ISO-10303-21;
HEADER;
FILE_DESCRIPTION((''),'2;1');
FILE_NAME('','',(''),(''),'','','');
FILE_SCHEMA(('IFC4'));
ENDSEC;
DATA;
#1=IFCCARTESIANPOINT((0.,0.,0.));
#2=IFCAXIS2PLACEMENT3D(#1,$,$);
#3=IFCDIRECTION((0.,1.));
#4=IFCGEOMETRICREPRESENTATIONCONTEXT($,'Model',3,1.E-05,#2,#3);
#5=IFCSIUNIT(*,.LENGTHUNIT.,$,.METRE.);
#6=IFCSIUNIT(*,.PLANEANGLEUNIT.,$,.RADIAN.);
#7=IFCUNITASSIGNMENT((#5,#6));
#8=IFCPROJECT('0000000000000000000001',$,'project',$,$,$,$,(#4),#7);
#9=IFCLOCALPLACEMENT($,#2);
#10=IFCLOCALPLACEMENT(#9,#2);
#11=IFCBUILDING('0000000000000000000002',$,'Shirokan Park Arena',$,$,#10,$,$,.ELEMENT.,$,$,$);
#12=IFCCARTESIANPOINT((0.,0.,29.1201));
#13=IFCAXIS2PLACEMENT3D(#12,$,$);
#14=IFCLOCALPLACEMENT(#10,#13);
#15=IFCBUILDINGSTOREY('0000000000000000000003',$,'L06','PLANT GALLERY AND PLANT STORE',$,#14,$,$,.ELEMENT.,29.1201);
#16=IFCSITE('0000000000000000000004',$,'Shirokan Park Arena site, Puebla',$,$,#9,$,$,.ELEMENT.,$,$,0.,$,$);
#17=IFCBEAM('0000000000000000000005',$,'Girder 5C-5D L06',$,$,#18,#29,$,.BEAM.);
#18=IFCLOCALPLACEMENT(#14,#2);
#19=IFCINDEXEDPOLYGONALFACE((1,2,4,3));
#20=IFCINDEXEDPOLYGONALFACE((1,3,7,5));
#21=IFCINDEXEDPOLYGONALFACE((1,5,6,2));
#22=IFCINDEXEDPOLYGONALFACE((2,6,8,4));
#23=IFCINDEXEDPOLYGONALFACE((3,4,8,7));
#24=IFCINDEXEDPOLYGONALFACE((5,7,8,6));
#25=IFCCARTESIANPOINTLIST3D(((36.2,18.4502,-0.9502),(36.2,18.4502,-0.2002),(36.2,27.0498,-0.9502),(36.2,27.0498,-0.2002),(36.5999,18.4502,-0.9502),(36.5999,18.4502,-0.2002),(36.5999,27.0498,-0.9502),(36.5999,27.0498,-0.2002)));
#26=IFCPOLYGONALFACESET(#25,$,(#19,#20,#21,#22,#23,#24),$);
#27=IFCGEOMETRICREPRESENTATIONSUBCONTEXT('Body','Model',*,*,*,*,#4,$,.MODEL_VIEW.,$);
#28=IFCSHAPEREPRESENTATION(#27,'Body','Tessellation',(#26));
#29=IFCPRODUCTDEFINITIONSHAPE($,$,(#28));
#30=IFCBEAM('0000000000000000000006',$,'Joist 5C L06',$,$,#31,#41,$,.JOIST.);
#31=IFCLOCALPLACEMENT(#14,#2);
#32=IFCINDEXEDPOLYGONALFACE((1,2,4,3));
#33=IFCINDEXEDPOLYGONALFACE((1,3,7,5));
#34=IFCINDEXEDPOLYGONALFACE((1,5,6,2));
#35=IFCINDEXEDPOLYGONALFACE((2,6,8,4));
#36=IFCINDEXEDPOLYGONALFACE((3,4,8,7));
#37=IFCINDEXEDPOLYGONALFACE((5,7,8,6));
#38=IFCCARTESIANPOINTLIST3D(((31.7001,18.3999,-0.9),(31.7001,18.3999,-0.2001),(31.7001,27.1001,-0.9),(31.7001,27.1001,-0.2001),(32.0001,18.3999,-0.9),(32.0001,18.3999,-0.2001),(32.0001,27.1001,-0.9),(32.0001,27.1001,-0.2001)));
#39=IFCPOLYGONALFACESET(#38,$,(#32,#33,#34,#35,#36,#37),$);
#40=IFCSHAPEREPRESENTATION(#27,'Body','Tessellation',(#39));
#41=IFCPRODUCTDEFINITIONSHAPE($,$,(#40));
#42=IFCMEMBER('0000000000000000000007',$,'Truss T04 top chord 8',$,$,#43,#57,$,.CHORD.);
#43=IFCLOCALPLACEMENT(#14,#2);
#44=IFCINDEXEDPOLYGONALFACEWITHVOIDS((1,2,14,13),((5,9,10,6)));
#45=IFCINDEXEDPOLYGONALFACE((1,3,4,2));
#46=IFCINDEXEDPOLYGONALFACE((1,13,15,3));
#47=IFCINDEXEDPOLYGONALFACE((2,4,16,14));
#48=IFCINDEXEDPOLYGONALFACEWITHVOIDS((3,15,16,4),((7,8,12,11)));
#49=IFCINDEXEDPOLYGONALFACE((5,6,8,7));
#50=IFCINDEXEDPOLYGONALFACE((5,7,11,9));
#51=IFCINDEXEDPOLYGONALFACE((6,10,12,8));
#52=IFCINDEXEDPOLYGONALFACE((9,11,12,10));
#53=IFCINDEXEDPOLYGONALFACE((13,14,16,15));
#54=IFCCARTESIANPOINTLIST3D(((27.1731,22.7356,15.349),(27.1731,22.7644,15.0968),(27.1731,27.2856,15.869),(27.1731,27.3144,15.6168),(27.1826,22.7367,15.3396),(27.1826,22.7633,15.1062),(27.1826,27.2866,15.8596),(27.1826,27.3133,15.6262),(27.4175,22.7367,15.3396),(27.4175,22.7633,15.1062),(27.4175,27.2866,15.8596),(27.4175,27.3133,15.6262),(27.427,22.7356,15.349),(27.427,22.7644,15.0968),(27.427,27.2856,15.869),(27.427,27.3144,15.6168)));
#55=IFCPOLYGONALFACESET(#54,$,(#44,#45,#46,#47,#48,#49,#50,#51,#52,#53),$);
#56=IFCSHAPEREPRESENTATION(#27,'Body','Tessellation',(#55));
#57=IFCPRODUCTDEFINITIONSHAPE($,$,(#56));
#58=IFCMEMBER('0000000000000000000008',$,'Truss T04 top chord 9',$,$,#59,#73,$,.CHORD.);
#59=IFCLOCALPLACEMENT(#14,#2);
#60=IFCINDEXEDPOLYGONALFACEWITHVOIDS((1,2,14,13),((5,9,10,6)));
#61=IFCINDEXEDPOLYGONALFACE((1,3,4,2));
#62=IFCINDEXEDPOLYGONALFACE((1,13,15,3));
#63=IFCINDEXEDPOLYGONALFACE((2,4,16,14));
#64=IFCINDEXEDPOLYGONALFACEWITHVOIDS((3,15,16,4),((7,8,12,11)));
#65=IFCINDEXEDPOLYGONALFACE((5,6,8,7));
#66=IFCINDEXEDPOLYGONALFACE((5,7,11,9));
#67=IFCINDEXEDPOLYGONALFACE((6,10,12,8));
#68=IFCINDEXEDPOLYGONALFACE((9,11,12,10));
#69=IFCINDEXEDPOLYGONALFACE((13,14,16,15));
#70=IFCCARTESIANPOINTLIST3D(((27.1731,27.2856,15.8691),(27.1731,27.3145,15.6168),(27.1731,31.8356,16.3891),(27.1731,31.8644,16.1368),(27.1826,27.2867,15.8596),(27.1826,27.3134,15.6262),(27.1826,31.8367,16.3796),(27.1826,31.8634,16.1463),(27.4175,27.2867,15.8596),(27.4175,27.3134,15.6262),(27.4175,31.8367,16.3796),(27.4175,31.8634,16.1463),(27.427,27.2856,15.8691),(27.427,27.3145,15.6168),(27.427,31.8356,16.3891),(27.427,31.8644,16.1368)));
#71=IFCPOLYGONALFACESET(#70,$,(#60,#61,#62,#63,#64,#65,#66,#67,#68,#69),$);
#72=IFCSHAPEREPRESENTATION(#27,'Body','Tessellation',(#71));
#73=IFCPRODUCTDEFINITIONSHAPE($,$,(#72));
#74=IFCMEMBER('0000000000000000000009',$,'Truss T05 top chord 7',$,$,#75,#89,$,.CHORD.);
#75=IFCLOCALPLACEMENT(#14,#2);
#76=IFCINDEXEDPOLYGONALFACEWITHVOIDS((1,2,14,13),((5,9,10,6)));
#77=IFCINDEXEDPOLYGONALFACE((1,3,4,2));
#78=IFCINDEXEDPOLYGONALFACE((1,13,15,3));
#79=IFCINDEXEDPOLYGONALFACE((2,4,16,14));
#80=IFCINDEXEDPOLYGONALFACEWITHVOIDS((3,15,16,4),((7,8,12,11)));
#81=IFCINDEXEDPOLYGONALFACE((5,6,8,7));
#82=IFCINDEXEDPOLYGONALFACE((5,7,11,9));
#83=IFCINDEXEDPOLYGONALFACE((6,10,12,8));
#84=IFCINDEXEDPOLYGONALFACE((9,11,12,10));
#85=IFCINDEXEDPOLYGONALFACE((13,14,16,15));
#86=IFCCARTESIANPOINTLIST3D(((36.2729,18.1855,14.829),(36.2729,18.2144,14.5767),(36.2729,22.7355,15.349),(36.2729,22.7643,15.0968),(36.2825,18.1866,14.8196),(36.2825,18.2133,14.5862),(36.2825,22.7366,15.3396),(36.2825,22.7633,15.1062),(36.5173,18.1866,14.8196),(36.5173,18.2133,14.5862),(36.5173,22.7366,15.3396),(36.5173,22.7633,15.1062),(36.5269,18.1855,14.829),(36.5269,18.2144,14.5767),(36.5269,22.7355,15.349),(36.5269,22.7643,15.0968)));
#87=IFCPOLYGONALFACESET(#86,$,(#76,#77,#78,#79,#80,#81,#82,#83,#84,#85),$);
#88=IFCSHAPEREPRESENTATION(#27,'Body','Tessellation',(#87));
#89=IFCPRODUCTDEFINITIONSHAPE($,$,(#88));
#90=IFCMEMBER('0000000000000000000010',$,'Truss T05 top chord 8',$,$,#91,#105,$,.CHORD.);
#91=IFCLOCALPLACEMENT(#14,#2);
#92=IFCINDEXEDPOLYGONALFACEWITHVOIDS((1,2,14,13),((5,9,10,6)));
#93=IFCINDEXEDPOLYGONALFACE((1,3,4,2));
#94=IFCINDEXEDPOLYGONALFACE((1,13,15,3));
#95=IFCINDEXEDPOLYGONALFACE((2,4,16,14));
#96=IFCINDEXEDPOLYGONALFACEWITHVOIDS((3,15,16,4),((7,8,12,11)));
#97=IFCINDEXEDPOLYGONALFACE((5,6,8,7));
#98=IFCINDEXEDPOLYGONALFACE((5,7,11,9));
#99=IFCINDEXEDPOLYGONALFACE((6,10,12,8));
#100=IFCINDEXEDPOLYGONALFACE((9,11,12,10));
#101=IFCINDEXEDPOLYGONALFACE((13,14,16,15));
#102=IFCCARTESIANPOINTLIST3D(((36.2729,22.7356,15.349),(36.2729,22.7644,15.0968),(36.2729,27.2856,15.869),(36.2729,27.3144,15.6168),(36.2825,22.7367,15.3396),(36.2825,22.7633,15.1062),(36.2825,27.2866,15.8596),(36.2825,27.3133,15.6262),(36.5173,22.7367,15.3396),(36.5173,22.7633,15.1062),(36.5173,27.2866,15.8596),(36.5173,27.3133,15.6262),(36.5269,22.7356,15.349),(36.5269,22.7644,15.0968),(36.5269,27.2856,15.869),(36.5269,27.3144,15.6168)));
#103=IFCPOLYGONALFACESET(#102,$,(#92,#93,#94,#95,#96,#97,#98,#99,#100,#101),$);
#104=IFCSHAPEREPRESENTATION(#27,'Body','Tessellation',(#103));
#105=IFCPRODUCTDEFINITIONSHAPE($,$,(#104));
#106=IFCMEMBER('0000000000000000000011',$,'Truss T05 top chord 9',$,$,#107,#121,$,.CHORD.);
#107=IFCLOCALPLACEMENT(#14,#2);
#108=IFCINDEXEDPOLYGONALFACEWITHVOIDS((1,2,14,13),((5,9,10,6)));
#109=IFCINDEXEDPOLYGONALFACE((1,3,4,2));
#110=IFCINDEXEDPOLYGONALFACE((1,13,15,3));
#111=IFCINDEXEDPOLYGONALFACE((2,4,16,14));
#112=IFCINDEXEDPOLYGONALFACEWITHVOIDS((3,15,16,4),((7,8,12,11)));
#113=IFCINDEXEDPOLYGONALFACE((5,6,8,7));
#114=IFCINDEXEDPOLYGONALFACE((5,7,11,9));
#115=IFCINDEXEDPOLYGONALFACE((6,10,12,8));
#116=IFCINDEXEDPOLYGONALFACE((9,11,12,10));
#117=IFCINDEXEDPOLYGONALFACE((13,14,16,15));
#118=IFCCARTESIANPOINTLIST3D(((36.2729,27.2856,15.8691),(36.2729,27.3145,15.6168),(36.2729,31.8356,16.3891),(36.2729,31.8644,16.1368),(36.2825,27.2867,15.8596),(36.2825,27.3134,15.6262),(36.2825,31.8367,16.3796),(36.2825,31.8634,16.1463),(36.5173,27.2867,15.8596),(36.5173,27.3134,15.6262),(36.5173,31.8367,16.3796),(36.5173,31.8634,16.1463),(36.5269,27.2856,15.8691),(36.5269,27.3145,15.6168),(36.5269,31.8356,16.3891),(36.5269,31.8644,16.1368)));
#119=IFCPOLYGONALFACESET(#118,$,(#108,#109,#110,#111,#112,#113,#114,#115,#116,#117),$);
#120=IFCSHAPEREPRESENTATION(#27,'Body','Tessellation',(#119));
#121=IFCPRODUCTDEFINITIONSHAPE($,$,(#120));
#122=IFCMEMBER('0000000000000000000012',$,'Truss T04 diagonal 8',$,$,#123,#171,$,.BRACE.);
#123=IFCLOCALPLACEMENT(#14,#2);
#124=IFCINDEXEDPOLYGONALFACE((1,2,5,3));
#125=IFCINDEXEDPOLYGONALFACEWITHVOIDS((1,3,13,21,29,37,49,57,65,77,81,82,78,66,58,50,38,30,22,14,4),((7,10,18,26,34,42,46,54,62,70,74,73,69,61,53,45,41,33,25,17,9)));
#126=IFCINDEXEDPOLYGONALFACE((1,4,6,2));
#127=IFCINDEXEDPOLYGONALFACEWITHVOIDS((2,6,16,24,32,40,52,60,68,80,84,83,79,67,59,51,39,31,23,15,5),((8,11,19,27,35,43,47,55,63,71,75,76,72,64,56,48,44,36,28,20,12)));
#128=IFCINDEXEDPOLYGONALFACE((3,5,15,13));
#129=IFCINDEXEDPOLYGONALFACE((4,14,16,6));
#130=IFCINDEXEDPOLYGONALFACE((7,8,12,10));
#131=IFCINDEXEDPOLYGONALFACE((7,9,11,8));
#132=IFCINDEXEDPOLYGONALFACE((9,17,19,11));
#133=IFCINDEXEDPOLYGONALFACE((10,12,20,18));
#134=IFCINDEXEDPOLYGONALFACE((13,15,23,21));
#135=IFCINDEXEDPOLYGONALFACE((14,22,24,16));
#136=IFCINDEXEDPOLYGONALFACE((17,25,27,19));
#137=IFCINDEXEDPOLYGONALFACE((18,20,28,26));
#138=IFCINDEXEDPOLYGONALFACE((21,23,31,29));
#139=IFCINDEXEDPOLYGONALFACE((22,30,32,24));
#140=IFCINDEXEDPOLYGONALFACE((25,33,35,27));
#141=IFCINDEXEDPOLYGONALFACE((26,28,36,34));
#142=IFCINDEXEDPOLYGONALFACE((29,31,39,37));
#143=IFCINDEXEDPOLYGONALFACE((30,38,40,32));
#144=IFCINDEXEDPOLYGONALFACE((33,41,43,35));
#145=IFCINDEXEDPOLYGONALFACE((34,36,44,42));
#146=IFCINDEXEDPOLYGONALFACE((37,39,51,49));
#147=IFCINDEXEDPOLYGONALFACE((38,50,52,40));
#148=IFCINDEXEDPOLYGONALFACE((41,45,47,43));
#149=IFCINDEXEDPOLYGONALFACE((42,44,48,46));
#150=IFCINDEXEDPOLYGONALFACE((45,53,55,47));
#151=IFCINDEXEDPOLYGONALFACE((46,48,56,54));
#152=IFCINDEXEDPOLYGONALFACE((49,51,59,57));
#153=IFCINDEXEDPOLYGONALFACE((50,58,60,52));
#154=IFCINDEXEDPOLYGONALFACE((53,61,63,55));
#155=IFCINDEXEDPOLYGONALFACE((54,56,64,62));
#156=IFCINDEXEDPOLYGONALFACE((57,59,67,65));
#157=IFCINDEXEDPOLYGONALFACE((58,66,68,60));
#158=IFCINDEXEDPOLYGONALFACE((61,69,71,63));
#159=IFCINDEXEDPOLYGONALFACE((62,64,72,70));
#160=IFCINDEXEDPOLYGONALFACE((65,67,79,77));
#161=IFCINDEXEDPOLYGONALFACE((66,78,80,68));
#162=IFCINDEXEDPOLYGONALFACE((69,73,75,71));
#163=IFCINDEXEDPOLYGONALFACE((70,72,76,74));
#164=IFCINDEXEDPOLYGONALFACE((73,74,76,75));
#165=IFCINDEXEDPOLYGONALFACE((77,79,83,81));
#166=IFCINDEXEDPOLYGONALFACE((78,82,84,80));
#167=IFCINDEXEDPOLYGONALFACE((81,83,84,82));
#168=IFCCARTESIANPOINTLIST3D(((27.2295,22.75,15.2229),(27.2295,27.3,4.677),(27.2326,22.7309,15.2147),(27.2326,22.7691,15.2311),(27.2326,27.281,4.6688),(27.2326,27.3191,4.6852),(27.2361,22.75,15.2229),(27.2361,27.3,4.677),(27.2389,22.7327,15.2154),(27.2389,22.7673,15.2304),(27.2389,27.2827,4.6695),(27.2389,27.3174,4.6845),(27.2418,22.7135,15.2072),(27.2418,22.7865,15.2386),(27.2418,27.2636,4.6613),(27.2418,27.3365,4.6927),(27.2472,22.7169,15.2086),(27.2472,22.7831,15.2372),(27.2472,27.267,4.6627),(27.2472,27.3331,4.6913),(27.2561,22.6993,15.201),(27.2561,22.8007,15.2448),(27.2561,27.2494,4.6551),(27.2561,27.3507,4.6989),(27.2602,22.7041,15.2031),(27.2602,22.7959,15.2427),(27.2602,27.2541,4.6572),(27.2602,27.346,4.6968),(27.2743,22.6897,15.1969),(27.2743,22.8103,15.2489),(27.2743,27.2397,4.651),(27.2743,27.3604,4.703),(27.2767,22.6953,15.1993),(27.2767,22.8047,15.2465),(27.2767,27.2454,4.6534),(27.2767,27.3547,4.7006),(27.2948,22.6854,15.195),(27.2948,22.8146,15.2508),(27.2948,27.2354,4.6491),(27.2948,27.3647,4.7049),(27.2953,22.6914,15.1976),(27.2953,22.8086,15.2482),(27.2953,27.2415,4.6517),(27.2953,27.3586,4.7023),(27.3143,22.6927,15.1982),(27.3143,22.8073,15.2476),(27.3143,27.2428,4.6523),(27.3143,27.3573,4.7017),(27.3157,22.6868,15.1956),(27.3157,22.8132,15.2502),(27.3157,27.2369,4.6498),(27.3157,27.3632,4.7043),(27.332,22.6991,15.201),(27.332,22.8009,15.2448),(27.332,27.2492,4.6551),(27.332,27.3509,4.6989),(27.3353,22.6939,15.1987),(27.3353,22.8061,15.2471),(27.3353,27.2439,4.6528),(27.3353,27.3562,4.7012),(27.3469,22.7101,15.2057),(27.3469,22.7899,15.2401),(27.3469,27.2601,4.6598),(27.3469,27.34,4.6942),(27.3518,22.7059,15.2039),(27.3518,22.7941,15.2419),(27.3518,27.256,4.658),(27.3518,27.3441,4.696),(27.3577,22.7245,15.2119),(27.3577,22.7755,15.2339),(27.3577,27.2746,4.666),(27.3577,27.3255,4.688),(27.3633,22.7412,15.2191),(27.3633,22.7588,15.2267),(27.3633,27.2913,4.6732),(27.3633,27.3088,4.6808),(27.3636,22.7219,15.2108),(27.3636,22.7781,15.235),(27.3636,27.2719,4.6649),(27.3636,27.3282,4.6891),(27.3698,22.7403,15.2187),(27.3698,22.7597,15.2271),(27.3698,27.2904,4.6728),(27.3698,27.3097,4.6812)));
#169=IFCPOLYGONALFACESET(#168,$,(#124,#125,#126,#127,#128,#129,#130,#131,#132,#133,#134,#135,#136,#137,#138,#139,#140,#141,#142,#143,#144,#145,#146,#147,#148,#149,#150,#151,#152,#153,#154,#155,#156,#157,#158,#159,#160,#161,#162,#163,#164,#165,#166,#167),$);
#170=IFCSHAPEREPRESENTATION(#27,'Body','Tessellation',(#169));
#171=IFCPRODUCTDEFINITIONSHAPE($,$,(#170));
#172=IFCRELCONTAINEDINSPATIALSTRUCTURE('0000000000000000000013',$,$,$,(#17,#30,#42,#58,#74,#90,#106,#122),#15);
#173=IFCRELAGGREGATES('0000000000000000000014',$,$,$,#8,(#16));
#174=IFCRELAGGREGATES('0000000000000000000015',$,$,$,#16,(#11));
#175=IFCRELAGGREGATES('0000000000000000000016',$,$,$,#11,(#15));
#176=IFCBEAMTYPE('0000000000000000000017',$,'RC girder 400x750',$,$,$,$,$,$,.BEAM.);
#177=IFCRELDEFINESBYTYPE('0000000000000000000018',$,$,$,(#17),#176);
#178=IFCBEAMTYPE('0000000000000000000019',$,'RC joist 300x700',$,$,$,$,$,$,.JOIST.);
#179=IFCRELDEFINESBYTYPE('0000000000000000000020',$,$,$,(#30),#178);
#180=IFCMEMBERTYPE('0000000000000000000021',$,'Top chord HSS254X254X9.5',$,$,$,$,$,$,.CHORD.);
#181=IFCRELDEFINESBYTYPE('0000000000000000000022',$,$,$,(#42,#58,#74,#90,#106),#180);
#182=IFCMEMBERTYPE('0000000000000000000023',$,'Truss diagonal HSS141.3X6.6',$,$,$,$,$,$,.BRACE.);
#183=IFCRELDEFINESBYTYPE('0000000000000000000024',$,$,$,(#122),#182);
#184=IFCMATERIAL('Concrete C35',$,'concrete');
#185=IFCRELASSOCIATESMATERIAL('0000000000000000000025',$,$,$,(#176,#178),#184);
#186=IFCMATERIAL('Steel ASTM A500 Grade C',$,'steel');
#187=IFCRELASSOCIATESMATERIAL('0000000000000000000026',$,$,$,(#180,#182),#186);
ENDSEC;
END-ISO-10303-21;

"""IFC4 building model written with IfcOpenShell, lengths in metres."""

from ifc_helpers import new_model, si_unit, direction, frame, origin, origin_2d, place, context, subcontext, project, spatial, rectangle, hollow_rectangle, hollow_circle, extrude, material, material_profile, profile_set, type_object, element, save


model = new_model("IFC4")

# Units and contexts
model_context = context("Model", 3, precision=1e-05, world=origin(), true_north=direction((0.0, 1.0)))
body_context = subcontext(model_context, "Body", "Model", "MODEL_VIEW")
ifc_project = project(units=[si_unit("LENGTHUNIT", "METRE"), si_unit("PLANEANGLEUNIT", "RADIAN")], contexts=[model_context])

# Site, building, storey
site_placement = place(None, origin())
site = spatial("IfcSite", under=ifc_project, at=site_placement, Name="Shirokan Park Arena site, Puebla", CompositionType="ELEMENT", RefElevation=0.0)
building_placement = place(site_placement, origin())
building = spatial("IfcBuilding", under=site, at=building_placement, Name="Shirokan Park Arena", CompositionType="ELEMENT")
storey_placement = place(building_placement, frame((0.0, 0.0, 29.1201)))
storey = spatial("IfcBuildingStorey", under=building, at=storey_placement, Name="L06", Description="PLANT GALLERY AND PLANT STORE", CompositionType="ELEMENT", Elevation=29.1201)

# Shared definitions
ifc_material_1 = material(Name="Concrete C35", Category="concrete")

# Shared definitions
ifc_material_2 = material(Name="Steel ASTM A500 Grade C", Category="steel")

# Beams
ifc_material_profile_1 = material_profile(ifc_material_1, rectangle(XDim=0.3999, YDim=0.75, at=origin_2d()), Name="400x750")
ifc_profile_set_1 = profile_set([ifc_material_profile_1], Name="Concrete C35")
beam_type_1 = type_object("IfcBeamType", Name="RC girder 400x750", PredefinedType="BEAM", material=ifc_profile_set_1)
beam_1_placement = place(storey_placement, frame((36.3999, 18.4502, -0.5752), z_axis=(0.0, 1.0, 0.0), x_axis=(-1.0, 0.0, 0.0)))
element("IfcBeam", 1, at=beam_1_placement, inside=storey, type_object=beam_type_1, Name="Girder 5C-5D L06", PredefinedType="BEAM", context=body_context, shape_type="SweptSolid", body=[
    extrude(rectangle(XDim=0.3999, YDim=0.75, at=origin_2d()), origin(), (0.0, 0.0, 1.0), 8.5996),
])
ifc_material_profile_2 = material_profile(ifc_material_1, rectangle(XDim=0.3, YDim=0.7, at=origin_2d()), Name="300x700")
ifc_profile_set_2 = profile_set([ifc_material_profile_2], Name="Concrete C35")
beam_type_2 = type_object("IfcBeamType", Name="RC joist 300x700", PredefinedType="JOIST", material=ifc_profile_set_2)
beam_2_placement = place(storey_placement, frame((31.8501, 18.3999, -0.55), z_axis=(0.0, 1.0, 0.0), x_axis=(-1.0, 0.0, 0.0)))
element("IfcBeam", 2, at=beam_2_placement, inside=storey, type_object=beam_type_2, Name="Joist 5C L06", PredefinedType="JOIST", context=body_context, shape_type="SweptSolid", body=[
    extrude(rectangle(XDim=0.3, YDim=0.7, at=origin_2d()), origin(), (0.0, 0.0, 1.0), 8.7002),
])

# Members
ifc_material_profile_3 = material_profile(ifc_material_2, hollow_rectangle(XDim=0.2539, YDim=0.2539, WallThickness=0.0095, at=origin_2d()), Name="HSS254X254X9.5")
ifc_profile_set_3 = profile_set([ifc_material_profile_3], Name="Steel ASTM A500 Grade C")
member_type_1 = type_object("IfcMemberType", Name="Top chord HSS254X254X9.5", PredefinedType="CHORD", material=ifc_profile_set_3)
for number, where, z_axis, x_axis, name in (
    (3, (27.3, 22.75, 15.2229), (0.0, 0.993532, 0.11355), (-1.0, 0.0, 0.0), "Truss T04 top chord 8"),
    (4, (27.3, 27.3, 15.7429), (0.0, 0.993532, 0.11355), (-1.0, 0.0, 0.0), "Truss T04 top chord 9"),
    (5, (36.3999, 18.2, 14.7029), (0.0, 0.993532, 0.11355), (-1.0, 0.0, 0.0), "Truss T05 top chord 7"),
    (6, (36.3999, 22.75, 15.2229), (0.0, 0.993532, 0.11355), (-1.0, 0.0, 0.0), "Truss T05 top chord 8"),
    (7, (36.3999, 27.3, 15.7429), (0.0, 0.993532, 0.11355), (-1.0, 0.0, 0.0), "Truss T05 top chord 9"),
):
    element("IfcMember", number, at=place(storey_placement, frame(where, z_axis=z_axis, x_axis=x_axis)), inside=storey, type_object=member_type_1, Name=name, PredefinedType="CHORD", context=body_context, shape_type="SweptSolid", body=[
        extrude(hollow_rectangle(XDim=0.2539, YDim=0.2539, WallThickness=0.0095, at=origin_2d()), origin(), (0.0, 0.0, 1.0), 4.5796),
    ])
ifc_material_profile_4 = material_profile(ifc_material_2, hollow_circle(Radius=0.0706, WallThickness=0.0066, at=origin_2d()), Name="HSS141.3X6.6")
ifc_profile_set_4 = profile_set([ifc_material_profile_4], Name="Steel ASTM A500 Grade C")
member_type_2 = type_object("IfcMemberType", Name="Truss diagonal HSS141.3X6.6", PredefinedType="BRACE", material=ifc_profile_set_4)
member_1_placement = place(storey_placement, frame((27.3, 22.75, 15.2229), z_axis=(0.0, 0.396153, -0.918185), x_axis=(-1.0, 0.0, 0.0)))
element("IfcMember", 8, at=member_1_placement, inside=storey, type_object=member_type_2, Name="Truss T04 diagonal 8", PredefinedType="BRACE", context=body_context, shape_type="SweptSolid", body=[
    extrude(hollow_circle(Radius=0.0706, WallThickness=0.0066, at=origin_2d()), origin(), (0.0, 0.0, 1.0), 11.4856),
])

save(model, "model.ifc")
